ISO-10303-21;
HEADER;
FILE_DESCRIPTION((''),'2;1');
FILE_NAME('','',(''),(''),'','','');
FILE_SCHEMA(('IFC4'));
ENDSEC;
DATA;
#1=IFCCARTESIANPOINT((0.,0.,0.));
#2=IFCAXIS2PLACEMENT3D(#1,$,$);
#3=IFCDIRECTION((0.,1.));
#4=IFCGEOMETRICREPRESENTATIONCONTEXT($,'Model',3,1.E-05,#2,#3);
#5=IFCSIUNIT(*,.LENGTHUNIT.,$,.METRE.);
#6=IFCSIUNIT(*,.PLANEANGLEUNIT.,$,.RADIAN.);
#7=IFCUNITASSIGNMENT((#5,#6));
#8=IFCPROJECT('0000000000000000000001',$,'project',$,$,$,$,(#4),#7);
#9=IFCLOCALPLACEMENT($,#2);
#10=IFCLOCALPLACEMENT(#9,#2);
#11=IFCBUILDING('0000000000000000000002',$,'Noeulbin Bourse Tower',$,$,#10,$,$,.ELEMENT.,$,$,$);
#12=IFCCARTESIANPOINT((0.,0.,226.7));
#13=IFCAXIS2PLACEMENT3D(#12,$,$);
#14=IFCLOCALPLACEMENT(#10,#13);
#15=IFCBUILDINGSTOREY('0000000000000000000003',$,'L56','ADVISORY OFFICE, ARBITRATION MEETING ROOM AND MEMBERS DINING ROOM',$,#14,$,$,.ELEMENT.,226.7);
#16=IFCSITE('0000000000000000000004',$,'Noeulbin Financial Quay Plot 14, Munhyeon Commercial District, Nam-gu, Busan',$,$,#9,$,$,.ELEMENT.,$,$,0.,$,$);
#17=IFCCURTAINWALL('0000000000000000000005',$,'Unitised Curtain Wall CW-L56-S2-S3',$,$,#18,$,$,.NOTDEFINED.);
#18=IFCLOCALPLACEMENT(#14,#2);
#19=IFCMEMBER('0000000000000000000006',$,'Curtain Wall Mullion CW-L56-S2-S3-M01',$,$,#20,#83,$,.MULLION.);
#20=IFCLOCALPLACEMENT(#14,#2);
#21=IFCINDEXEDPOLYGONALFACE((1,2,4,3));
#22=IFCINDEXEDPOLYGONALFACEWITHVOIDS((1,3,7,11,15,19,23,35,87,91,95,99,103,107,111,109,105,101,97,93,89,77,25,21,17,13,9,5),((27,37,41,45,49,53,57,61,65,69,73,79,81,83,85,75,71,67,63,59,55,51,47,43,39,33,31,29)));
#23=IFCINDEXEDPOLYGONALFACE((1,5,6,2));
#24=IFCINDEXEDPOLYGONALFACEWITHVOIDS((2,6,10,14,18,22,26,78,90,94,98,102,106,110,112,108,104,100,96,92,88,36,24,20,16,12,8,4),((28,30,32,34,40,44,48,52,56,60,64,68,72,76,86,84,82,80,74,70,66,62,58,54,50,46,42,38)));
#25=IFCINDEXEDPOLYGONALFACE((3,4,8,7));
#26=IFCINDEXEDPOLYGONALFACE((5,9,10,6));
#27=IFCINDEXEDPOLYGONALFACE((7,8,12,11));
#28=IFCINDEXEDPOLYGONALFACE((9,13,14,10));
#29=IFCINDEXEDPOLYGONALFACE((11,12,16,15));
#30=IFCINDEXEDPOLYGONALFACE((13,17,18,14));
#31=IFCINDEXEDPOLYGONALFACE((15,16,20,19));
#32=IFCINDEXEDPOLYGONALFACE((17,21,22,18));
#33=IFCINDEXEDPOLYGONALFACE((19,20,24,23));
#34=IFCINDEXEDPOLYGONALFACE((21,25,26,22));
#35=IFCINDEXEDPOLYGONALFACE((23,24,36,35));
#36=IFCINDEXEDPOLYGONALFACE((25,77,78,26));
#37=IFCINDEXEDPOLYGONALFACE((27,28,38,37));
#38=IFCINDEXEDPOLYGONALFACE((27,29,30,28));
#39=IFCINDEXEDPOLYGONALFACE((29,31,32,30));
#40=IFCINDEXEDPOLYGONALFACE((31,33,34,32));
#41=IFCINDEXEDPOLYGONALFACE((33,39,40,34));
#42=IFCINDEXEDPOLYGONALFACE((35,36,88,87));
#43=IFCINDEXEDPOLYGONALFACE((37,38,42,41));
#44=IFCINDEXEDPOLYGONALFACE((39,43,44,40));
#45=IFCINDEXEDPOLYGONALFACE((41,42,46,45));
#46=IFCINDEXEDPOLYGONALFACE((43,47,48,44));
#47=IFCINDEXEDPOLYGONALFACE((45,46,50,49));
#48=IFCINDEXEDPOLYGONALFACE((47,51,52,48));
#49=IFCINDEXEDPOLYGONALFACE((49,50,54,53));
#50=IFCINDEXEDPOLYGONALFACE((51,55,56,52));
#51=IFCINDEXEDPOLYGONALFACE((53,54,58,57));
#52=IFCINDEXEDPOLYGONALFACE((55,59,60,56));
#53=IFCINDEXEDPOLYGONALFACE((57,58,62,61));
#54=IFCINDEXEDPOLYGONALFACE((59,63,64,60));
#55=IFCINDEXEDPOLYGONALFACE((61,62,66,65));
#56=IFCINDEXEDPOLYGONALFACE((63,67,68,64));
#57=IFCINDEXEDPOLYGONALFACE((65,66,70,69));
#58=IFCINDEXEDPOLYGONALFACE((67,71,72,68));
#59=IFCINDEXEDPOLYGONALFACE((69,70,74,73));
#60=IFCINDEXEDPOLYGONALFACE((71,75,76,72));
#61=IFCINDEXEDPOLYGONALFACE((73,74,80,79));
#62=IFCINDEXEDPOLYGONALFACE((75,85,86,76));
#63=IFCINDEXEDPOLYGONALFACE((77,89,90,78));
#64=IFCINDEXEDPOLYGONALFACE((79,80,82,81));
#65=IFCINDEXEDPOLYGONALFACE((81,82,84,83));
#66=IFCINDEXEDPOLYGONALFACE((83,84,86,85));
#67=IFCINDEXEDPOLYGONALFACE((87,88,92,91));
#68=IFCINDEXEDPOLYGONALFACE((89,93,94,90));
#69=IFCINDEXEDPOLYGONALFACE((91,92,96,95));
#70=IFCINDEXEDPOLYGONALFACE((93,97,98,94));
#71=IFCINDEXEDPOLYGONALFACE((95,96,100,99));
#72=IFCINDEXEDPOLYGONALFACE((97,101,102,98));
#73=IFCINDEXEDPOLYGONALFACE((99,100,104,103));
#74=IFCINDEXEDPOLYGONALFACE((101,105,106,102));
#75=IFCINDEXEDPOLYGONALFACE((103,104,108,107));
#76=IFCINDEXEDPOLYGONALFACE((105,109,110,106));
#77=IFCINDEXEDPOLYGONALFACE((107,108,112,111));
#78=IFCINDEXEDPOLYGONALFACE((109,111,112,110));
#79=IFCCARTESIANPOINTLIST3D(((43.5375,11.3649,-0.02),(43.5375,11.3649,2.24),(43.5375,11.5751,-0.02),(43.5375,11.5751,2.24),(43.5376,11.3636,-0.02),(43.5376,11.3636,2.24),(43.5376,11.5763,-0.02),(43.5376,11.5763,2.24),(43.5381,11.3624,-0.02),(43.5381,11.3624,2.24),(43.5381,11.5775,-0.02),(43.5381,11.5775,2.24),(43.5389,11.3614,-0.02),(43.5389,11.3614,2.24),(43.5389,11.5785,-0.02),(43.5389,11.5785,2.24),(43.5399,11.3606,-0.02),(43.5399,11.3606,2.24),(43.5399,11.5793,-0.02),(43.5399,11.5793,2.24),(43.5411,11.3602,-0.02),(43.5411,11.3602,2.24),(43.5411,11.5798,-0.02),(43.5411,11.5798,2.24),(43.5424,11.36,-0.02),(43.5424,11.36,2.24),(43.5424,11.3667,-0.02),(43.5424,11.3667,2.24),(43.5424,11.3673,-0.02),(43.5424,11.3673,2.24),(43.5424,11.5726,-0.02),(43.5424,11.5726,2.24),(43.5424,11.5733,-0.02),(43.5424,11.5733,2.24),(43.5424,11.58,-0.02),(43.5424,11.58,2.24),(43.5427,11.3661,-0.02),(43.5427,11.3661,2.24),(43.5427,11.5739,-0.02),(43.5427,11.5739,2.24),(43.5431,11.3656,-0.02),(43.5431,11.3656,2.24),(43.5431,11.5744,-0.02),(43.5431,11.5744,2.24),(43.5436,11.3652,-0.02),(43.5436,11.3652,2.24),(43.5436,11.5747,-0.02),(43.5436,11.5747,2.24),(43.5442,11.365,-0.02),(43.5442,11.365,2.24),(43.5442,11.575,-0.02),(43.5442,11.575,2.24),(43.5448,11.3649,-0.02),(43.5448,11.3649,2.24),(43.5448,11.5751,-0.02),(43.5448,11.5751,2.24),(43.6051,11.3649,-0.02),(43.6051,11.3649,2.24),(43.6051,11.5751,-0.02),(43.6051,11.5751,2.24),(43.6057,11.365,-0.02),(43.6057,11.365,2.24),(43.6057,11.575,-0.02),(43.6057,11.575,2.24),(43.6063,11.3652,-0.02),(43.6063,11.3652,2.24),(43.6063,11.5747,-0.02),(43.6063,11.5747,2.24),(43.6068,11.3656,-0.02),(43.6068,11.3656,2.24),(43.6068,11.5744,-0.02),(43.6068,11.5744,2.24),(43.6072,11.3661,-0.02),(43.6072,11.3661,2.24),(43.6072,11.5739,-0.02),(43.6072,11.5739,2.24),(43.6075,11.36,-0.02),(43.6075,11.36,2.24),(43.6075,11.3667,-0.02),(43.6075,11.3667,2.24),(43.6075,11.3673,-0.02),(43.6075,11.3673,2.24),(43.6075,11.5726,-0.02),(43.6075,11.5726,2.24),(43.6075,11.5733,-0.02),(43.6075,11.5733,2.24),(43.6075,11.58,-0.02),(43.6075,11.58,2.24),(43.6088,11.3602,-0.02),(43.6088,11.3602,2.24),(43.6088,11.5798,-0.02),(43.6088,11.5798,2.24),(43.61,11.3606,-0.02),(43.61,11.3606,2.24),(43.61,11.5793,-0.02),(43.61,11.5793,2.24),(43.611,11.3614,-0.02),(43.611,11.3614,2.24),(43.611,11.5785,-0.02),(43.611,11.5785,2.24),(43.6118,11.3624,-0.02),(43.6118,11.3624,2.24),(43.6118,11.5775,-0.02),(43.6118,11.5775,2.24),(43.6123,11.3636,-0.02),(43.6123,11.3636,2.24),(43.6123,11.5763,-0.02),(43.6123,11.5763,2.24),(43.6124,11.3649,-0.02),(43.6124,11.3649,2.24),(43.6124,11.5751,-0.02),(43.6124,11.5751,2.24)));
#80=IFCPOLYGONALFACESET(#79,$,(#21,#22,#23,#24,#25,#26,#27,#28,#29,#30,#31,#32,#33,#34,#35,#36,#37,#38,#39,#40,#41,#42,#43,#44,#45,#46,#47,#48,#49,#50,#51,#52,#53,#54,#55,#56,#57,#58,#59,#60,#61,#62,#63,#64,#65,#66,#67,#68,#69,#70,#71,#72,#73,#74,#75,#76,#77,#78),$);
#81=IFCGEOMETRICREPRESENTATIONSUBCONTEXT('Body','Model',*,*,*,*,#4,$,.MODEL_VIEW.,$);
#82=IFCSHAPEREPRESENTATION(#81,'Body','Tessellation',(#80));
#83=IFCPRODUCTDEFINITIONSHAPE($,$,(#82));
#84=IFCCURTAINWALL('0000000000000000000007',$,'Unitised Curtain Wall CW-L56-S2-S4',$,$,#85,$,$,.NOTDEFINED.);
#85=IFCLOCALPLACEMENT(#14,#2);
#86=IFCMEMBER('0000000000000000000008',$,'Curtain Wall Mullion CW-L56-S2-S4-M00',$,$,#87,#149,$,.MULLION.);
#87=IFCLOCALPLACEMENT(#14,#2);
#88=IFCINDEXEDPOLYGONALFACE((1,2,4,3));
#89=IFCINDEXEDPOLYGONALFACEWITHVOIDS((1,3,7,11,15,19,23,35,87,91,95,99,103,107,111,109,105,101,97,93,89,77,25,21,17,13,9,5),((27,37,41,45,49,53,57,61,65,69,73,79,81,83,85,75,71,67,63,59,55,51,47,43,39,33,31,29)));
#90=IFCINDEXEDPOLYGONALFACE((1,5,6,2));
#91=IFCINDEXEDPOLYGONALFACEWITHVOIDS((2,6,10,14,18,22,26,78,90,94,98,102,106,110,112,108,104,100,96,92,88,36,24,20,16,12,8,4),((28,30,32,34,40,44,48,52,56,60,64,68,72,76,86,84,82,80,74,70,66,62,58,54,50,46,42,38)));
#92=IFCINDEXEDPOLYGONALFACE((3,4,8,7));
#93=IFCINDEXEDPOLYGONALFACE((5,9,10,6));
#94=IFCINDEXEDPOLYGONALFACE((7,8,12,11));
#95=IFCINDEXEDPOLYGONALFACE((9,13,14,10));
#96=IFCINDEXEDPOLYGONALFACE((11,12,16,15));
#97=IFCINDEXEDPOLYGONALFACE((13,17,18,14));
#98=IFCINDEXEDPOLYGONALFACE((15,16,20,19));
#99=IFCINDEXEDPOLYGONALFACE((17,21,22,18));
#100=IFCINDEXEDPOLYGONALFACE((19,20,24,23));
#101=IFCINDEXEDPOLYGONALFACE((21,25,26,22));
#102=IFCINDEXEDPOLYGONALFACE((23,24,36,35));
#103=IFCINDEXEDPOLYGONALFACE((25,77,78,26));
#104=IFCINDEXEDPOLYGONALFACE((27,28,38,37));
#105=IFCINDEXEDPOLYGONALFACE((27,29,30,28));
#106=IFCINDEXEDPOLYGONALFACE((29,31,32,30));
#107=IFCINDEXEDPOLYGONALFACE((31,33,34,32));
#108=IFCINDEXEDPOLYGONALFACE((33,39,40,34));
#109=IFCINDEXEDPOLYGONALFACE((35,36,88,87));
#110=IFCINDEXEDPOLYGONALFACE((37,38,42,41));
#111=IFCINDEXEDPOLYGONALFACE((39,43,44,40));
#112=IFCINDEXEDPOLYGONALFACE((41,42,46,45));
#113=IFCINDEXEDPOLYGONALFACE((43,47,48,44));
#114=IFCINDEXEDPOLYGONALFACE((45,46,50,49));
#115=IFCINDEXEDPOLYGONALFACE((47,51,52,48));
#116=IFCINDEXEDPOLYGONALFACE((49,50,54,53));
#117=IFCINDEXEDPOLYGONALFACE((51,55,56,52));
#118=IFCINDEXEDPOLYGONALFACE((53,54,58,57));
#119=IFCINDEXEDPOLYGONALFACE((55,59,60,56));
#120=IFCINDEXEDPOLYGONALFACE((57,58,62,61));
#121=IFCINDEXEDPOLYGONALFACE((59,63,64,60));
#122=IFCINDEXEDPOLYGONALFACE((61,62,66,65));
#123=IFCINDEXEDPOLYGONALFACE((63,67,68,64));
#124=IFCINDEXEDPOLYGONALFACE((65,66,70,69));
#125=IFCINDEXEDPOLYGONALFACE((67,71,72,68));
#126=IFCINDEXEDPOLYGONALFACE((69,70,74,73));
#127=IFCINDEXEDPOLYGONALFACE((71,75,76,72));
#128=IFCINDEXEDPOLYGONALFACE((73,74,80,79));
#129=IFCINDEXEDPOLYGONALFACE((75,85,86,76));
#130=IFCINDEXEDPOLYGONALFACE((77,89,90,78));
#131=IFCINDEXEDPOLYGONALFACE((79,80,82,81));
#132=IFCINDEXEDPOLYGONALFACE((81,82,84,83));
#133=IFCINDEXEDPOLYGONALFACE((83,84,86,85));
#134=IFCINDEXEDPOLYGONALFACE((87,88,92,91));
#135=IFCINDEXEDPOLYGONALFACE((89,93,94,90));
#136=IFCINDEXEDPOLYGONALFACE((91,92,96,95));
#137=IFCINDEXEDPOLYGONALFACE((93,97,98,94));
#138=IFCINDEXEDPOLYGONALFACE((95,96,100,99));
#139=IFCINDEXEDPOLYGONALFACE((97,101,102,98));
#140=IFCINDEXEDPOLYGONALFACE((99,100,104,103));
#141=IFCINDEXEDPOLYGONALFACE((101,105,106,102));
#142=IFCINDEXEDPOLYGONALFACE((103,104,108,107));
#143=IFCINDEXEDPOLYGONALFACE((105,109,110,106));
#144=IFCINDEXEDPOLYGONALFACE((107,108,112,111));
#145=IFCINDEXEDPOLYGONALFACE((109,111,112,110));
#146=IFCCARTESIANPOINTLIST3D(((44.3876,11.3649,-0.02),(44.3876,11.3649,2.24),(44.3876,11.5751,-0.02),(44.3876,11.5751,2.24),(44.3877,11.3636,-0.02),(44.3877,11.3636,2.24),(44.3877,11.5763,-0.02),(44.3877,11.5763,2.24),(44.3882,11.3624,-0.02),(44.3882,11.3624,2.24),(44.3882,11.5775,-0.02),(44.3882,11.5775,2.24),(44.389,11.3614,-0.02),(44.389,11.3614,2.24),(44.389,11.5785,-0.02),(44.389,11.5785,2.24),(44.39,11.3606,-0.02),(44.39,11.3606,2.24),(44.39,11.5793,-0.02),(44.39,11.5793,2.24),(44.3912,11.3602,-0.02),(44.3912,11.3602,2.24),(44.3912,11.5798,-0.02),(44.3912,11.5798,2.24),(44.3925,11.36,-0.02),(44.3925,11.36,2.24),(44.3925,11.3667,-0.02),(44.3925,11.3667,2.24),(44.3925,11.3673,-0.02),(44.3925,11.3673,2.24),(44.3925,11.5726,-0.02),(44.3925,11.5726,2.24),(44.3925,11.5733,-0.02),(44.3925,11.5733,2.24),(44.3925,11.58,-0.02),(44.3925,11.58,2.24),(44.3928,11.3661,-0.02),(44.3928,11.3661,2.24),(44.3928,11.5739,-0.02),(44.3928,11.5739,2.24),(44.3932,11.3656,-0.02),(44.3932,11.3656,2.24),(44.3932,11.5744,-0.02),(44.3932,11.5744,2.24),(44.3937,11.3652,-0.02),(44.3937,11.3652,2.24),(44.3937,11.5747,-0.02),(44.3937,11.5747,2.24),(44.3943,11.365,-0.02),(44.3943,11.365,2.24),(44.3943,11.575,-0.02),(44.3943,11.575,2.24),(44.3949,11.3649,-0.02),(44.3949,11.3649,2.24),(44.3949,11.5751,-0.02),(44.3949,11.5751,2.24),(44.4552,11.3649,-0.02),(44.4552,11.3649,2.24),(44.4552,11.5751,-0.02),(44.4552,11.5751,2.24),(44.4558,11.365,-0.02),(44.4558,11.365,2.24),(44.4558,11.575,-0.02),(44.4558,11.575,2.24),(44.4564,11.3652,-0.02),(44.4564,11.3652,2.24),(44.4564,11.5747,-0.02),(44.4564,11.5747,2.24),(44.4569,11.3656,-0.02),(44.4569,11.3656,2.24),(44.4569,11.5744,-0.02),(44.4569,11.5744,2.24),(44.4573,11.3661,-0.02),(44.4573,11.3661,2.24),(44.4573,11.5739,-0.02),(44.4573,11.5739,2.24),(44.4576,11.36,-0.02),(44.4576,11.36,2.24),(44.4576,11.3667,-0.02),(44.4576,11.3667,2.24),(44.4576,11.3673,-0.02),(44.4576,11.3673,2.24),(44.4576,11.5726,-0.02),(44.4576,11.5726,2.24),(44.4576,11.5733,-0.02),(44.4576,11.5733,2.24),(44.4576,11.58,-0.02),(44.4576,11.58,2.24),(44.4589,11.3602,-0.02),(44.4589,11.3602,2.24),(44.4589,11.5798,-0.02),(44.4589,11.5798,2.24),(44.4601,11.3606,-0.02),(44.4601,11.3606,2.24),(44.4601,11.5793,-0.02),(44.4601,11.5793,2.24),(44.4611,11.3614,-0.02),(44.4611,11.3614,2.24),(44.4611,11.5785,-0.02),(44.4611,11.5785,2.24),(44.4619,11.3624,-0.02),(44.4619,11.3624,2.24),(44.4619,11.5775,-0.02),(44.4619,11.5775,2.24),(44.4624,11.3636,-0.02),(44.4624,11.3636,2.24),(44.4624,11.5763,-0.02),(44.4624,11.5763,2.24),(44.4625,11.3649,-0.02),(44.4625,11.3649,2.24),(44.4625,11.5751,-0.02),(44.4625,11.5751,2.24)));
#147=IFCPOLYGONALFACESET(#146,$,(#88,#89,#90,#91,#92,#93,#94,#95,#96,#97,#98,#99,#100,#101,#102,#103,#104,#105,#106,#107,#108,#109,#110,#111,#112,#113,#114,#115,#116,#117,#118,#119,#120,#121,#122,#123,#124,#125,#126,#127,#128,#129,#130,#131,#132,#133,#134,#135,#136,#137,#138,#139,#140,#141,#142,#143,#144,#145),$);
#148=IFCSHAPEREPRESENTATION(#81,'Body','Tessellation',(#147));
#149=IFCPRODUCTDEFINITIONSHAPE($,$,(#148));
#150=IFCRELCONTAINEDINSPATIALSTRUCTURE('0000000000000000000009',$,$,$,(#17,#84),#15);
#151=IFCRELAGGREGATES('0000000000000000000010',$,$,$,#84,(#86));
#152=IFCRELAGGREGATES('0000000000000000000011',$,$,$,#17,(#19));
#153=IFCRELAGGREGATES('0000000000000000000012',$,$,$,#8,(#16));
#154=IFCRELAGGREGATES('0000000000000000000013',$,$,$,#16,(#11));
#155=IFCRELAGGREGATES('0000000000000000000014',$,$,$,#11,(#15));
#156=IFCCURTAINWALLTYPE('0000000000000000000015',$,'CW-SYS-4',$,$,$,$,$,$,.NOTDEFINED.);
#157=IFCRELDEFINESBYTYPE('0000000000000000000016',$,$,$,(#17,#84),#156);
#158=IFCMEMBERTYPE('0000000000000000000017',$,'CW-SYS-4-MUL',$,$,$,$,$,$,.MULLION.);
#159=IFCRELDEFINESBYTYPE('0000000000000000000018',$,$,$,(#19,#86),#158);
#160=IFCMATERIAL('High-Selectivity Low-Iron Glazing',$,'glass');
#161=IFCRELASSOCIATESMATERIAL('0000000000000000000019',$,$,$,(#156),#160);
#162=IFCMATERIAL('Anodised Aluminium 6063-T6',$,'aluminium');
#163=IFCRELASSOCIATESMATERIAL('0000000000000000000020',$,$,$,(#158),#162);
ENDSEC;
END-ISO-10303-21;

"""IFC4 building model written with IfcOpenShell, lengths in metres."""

from ifc_helpers import new_model, si_unit, direction, frame, origin, origin_2d, place, context, subcontext, project, spatial, hollow_rectangle, extrude, material, material_profile, profile_set, type_object, element, aggregate, save


model = new_model("IFC4")

# Units and contexts
model_context = context("Model", 3, precision=1e-05, world=origin(), true_north=direction((0.0, 1.0)))
body_context = subcontext(model_context, "Body", "Model", "MODEL_VIEW")
ifc_project = project(units=[si_unit("LENGTHUNIT", "METRE"), si_unit("PLANEANGLEUNIT", "RADIAN")], contexts=[model_context])

# Site, building, storey
site_placement = place(None, origin())
site = spatial("IfcSite", under=ifc_project, at=site_placement, Name="Noeulbin Financial Quay Plot 14, Munhyeon Commercial District, Nam-gu, Busan", CompositionType="ELEMENT", RefElevation=0.0)
building_placement = place(site_placement, origin())
building = spatial("IfcBuilding", under=site, at=building_placement, Name="Noeulbin Bourse Tower", CompositionType="ELEMENT")
storey_placement = place(building_placement, frame((0.0, 0.0, 226.7)))
storey = spatial("IfcBuildingStorey", under=building, at=storey_placement, Name="L56", Description="ADVISORY OFFICE, ARBITRATION MEETING ROOM AND MEMBERS DINING ROOM", CompositionType="ELEMENT", Elevation=226.7)

# Curtain walls, members
ifc_material_1 = material(Name="High-Selectivity Low-Iron Glazing", Category="glass")
curtain_wall_type = type_object("IfcCurtainWallType", Name="CW-SYS-4", PredefinedType="NOTDEFINED", material=ifc_material_1)
curtain_wall_1_placement = place(storey_placement, origin())
curtain_wall_1 = element("IfcCurtainWall", 1, at=curtain_wall_1_placement, inside=storey, type_object=curtain_wall_type, Name="Unitised Curtain Wall CW-L56-S2-S3", PredefinedType="NOTDEFINED")
ifc_material_2 = material(Name="Anodised Aluminium 6063-T6", Category="aluminium")
ifc_material_profile_1 = material_profile(ifc_material_2, hollow_rectangle(XDim=0.075, YDim=0.22, WallThickness=0.0049, InnerFilletRadius=0.0024, OuterFilletRadius=0.0049, at=origin_2d()), Name="ALU-MULL-75x220x5", Category="LoadBearing")
ifc_profile_set_1 = profile_set([ifc_material_profile_1], Name="Anodised Aluminium 6063-T6")
member_type_1 = type_object("IfcMemberType", Name="CW-SYS-4-MUL", PredefinedType="MULLION", material=ifc_profile_set_1)
member_1_placement = place(storey_placement, frame((43.575, 11.47, -0.02), z_axis=(0.0, 0.0, 1.0), x_axis=(1.0, 0.0, 0.0)))
member_1 = element("IfcMember", 2, at=member_1_placement, type_object=member_type_1, Name="Curtain Wall Mullion CW-L56-S2-S3-M01", PredefinedType="MULLION", context=body_context, shape_type="SweptSolid", body=[
    extrude(hollow_rectangle(XDim=0.075, YDim=0.22, WallThickness=0.0049, InnerFilletRadius=0.0024, OuterFilletRadius=0.0049, at=origin_2d()), origin(), (0.0, 0.0, 1.0), 2.26),
])
curtain_wall_2_placement = place(storey_placement, origin())
curtain_wall_2 = element("IfcCurtainWall", 3, at=curtain_wall_2_placement, inside=storey, type_object=curtain_wall_type, Name="Unitised Curtain Wall CW-L56-S2-S4", PredefinedType="NOTDEFINED")
member_2_placement = place(storey_placement, frame((44.425, 11.47, -0.02), z_axis=(0.0, 0.0, 1.0), x_axis=(1.0, 0.0, 0.0)))
member_2 = element("IfcMember", 4, at=member_2_placement, type_object=member_type_1, Name="Curtain Wall Mullion CW-L56-S2-S4-M00", PredefinedType="MULLION", context=body_context, shape_type="SweptSolid", body=[
    extrude(hollow_rectangle(XDim=0.075, YDim=0.22, WallThickness=0.0049, InnerFilletRadius=0.0024, OuterFilletRadius=0.0049, at=origin_2d()), origin(), (0.0, 0.0, 1.0), 2.26),
])

aggregate(curtain_wall_2, [member_2])

aggregate(curtain_wall_1, [member_1])

save(model, "model.ifc")
